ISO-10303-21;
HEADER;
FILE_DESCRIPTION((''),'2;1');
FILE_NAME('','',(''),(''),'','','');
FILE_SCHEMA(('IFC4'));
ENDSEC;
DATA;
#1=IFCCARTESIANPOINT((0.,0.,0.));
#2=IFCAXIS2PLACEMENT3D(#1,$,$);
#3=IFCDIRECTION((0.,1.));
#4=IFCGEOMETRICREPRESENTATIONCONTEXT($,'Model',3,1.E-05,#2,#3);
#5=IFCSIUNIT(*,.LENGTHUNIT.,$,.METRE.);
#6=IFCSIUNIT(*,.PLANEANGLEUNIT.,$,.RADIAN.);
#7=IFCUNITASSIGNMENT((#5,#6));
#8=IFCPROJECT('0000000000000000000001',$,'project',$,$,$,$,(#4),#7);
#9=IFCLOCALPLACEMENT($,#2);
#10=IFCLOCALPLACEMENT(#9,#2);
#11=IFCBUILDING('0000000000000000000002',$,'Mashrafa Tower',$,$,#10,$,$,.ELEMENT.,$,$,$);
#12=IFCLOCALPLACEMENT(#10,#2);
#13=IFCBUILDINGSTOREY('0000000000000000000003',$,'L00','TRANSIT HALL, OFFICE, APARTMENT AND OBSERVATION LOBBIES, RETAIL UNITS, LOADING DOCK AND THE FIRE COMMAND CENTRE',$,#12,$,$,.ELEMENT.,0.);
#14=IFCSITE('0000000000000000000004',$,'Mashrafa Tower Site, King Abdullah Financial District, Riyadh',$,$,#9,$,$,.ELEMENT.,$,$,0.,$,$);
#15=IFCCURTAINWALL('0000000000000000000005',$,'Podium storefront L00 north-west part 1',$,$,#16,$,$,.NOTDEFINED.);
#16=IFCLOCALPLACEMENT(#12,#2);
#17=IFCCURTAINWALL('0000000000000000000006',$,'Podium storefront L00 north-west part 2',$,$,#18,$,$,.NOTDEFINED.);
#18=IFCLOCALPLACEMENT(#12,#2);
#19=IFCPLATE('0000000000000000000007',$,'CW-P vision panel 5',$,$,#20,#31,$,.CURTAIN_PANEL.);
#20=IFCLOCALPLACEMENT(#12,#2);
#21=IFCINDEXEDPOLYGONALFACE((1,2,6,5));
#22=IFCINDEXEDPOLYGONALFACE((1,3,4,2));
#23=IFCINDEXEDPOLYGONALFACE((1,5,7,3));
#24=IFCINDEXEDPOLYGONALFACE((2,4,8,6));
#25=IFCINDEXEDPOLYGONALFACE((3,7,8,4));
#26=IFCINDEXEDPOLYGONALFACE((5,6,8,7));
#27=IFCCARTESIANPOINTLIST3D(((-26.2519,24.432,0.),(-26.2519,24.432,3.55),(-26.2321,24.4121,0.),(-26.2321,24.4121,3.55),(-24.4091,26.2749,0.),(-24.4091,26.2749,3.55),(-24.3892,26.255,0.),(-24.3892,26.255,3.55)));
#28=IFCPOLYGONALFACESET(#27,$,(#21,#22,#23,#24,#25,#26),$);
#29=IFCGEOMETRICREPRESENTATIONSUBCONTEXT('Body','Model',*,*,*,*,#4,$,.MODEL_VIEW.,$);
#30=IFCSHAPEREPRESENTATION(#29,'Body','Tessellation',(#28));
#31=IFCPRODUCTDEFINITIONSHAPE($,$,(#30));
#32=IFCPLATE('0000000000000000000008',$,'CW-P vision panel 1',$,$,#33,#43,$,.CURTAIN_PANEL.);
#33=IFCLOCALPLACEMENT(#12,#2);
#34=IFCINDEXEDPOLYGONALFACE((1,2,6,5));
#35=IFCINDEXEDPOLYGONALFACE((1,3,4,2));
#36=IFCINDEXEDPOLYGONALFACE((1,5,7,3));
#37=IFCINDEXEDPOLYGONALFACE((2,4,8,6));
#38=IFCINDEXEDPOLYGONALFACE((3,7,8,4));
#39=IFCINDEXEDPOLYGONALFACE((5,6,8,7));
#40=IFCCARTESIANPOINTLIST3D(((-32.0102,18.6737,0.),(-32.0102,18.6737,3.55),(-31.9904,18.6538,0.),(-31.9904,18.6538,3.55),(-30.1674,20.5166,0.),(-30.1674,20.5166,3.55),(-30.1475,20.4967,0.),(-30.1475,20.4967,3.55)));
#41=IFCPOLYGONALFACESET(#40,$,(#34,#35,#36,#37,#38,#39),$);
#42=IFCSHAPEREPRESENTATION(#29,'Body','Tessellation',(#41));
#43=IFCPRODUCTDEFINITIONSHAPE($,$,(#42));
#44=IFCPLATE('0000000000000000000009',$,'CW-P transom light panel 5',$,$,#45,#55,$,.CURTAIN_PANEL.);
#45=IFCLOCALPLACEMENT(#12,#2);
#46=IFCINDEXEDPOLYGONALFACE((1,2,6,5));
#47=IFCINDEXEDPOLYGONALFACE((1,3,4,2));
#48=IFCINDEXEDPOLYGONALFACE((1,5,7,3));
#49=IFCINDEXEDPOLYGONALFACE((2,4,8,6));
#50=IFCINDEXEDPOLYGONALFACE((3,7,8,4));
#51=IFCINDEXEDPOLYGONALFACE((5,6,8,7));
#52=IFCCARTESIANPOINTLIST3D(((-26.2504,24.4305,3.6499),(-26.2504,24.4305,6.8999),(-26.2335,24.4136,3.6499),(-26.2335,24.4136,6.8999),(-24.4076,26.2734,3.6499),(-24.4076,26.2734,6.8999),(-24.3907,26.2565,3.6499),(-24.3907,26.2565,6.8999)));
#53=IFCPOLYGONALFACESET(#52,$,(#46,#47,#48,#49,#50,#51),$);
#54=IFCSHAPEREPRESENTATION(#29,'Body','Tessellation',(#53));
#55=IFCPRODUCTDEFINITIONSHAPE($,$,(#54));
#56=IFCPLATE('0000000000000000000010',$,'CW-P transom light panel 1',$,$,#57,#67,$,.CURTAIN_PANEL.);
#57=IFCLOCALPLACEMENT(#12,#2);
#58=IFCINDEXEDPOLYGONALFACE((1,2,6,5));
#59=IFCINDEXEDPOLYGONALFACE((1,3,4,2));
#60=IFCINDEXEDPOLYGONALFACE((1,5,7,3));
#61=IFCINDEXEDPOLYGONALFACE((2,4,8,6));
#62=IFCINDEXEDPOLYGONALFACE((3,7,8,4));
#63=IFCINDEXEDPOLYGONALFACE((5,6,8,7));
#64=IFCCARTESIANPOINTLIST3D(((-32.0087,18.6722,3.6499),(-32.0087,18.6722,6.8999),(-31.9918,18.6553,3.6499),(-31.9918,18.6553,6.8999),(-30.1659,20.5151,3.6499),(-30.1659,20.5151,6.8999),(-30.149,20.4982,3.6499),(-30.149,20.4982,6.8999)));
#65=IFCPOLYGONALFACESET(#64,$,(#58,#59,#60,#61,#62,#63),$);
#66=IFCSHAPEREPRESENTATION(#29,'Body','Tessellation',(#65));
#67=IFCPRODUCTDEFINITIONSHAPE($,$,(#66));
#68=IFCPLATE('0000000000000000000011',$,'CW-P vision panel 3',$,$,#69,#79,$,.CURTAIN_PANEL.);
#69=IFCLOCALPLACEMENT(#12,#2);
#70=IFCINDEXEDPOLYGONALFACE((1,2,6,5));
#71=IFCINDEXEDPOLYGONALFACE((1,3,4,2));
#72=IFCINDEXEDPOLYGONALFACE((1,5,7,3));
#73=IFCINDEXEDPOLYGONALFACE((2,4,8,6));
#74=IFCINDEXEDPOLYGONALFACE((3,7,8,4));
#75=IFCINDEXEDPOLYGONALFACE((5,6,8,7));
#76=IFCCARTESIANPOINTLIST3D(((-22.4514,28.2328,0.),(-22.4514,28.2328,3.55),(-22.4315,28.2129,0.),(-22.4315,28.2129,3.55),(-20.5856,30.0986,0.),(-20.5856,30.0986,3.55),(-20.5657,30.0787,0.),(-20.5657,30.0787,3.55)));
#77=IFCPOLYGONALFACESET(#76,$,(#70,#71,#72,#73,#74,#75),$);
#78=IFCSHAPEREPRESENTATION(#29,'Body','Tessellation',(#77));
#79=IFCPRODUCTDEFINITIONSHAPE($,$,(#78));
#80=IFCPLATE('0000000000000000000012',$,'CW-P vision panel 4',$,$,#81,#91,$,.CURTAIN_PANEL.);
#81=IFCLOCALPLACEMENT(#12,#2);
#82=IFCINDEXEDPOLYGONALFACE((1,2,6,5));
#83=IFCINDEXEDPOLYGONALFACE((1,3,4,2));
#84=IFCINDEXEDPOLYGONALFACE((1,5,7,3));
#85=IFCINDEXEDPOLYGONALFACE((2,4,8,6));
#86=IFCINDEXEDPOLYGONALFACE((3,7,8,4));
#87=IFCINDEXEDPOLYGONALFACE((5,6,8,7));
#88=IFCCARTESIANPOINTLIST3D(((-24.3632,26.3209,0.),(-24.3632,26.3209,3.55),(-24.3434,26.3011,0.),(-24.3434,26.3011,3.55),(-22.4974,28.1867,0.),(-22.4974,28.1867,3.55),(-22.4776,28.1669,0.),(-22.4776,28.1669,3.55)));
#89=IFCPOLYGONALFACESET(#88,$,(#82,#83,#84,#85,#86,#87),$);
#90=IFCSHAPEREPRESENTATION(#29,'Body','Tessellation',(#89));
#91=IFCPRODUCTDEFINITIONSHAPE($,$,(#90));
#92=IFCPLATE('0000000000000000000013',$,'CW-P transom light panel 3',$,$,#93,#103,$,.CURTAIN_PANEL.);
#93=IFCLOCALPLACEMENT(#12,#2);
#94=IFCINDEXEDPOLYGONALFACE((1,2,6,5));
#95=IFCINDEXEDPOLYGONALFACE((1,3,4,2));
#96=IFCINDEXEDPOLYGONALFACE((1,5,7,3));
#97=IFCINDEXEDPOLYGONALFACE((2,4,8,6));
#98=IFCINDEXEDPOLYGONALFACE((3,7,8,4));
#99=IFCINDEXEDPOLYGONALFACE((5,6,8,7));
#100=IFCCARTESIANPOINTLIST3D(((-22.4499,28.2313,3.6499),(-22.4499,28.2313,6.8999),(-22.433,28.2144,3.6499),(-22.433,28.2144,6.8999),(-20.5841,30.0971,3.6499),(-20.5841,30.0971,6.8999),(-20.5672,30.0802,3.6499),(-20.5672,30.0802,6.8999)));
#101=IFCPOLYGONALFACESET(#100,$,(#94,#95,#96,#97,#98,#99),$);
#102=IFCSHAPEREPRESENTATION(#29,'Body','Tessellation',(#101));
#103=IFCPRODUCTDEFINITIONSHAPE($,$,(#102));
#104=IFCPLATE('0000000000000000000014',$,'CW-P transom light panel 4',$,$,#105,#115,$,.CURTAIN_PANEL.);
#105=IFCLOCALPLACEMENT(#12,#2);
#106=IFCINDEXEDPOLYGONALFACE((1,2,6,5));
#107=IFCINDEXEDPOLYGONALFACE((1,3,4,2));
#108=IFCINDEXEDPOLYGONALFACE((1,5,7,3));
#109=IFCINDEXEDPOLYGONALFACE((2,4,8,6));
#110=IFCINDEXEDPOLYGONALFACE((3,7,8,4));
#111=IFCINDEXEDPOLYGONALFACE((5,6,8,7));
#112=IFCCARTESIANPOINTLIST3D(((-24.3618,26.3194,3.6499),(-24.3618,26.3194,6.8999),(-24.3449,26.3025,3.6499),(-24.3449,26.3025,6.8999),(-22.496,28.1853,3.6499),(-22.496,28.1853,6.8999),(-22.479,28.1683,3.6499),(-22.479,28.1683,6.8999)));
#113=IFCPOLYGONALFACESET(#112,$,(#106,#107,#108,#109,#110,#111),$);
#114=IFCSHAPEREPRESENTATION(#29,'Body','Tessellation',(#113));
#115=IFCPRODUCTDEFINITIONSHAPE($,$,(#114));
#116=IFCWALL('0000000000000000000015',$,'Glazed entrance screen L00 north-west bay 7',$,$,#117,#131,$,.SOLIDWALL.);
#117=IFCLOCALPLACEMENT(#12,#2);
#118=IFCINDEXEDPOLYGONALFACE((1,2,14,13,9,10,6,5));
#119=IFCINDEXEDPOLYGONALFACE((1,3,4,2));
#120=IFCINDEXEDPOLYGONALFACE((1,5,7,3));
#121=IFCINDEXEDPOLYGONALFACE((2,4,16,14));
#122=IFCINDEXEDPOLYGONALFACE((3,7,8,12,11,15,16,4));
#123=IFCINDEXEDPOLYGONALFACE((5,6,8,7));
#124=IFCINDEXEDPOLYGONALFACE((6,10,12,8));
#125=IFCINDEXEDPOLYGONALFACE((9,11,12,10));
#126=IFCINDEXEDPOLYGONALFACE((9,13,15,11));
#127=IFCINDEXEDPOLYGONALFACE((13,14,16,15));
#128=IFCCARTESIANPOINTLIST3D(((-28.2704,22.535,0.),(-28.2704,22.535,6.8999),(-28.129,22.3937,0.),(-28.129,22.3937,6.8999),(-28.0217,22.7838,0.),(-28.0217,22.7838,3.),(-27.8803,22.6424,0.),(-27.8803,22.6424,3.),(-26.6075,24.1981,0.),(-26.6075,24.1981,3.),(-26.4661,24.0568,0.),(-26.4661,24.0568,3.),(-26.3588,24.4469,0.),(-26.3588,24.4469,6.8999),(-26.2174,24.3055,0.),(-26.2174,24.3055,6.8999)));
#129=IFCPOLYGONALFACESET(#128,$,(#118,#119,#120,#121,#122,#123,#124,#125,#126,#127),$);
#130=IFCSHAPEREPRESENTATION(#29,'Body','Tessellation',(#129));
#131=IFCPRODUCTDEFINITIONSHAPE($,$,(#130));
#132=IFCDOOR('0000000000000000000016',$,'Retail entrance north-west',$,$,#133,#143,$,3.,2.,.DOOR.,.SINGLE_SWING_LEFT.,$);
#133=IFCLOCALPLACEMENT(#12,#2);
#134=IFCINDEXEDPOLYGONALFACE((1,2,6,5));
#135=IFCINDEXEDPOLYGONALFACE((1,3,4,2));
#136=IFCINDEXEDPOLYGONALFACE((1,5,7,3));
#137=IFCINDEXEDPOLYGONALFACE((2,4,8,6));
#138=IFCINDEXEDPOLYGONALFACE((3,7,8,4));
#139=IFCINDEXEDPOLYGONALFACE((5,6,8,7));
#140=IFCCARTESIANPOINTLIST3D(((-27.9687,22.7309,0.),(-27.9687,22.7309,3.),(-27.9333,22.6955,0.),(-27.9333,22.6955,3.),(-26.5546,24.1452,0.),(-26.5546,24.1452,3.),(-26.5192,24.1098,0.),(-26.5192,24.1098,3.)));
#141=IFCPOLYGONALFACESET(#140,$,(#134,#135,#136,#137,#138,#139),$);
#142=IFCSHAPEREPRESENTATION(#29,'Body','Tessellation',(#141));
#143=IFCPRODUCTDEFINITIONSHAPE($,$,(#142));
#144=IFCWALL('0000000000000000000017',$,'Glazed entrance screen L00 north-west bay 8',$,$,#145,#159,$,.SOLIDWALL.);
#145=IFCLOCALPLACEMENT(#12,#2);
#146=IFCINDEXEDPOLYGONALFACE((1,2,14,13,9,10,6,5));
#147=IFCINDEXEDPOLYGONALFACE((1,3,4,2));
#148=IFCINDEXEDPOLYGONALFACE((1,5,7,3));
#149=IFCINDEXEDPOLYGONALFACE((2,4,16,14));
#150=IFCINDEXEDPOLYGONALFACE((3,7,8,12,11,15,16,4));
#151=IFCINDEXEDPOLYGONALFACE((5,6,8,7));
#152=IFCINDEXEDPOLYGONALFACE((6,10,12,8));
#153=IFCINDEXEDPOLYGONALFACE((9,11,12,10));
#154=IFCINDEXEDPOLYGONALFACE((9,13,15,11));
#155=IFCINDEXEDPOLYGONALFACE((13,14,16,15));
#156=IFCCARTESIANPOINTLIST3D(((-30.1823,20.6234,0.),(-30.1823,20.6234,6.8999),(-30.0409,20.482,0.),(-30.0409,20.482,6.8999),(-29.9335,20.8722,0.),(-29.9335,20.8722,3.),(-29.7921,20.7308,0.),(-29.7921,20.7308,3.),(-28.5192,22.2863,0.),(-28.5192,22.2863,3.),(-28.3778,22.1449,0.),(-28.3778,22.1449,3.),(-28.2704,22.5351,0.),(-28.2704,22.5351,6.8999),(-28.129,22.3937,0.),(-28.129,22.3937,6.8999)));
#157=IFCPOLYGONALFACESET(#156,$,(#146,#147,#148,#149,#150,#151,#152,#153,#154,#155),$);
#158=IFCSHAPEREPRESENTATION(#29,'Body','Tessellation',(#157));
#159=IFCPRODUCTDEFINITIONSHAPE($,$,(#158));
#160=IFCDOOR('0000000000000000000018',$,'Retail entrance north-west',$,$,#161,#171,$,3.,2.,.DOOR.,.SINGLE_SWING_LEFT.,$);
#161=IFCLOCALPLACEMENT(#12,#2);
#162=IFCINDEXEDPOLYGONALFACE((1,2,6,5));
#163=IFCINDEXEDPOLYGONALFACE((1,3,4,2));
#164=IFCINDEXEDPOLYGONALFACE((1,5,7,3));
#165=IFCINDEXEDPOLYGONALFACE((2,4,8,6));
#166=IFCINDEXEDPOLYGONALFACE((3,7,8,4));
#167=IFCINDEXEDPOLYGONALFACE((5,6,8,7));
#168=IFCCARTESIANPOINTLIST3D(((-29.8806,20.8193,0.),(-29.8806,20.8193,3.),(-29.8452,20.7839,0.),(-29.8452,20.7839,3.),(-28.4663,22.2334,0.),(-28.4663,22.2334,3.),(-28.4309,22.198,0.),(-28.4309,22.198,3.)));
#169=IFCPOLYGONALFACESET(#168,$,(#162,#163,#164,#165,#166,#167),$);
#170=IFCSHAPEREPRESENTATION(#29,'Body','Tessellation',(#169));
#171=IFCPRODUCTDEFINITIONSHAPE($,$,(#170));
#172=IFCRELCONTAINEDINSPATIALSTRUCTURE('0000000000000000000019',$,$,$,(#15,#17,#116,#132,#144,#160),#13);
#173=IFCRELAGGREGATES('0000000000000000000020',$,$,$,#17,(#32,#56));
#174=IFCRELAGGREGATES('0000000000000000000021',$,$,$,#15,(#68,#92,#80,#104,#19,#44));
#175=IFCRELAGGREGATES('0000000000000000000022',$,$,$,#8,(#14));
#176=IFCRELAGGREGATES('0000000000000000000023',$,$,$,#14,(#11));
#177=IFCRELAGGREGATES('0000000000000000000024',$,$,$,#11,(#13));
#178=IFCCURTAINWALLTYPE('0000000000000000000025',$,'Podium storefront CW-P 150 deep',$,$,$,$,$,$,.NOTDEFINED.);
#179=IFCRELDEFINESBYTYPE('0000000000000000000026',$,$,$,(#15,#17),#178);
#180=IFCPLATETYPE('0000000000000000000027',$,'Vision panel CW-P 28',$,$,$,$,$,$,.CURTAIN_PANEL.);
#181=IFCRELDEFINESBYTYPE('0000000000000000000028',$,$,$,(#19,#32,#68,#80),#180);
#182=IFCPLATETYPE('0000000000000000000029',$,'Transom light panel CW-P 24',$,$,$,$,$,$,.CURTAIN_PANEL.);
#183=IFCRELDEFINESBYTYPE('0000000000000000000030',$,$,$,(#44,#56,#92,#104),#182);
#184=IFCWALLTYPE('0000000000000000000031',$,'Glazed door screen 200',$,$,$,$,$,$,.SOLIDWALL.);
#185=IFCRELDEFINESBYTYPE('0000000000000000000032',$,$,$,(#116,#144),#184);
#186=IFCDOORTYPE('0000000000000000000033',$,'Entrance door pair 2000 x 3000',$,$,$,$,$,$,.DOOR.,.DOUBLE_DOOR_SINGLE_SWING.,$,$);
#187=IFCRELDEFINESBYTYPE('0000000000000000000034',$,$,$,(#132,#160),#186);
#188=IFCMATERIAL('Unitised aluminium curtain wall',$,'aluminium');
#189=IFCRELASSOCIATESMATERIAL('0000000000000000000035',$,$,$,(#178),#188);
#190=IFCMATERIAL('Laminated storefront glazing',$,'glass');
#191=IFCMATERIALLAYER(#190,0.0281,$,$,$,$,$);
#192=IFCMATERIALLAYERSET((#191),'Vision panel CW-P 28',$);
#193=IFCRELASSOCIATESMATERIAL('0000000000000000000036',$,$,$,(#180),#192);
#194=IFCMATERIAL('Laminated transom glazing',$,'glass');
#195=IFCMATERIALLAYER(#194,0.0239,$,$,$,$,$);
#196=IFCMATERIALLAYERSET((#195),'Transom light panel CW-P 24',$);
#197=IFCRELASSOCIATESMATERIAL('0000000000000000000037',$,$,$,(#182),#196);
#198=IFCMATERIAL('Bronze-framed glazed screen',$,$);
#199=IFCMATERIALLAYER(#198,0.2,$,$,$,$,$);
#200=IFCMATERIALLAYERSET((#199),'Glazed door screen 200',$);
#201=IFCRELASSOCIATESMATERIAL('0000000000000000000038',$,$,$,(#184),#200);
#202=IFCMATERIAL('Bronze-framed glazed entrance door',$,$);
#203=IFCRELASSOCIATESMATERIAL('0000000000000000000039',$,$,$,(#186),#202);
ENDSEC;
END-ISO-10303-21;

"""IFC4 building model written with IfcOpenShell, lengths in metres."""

from ifc_helpers import new_model, si_unit, direction, frame, frame_2d, origin, origin_2d, place, context, subcontext, project, spatial, rectangle, extrude, source, transform, mapped, material, layer, layer_set, type_object, type_shapes, element, fill, aggregate, save


model = new_model("IFC4")

# Units and contexts
model_context = context("Model", 3, precision=1e-05, world=origin(), true_north=direction((0.0, 1.0)))
body_context = subcontext(model_context, "Body", "Model", "MODEL_VIEW")
ifc_project = project(units=[si_unit("LENGTHUNIT", "METRE"), si_unit("PLANEANGLEUNIT", "RADIAN")], contexts=[model_context])

# Site, building, storey
site_placement = place(None, origin())
site = spatial("IfcSite", under=ifc_project, at=site_placement, Name="Mashrafa Tower Site, King Abdullah Financial District, Riyadh", CompositionType="ELEMENT", RefElevation=0.0)
building_placement = place(site_placement, origin())
building = spatial("IfcBuilding", under=site, at=building_placement, Name="Mashrafa Tower", CompositionType="ELEMENT")
storey_placement = place(building_placement, origin())
storey = spatial("IfcBuildingStorey", under=building, at=storey_placement, Name="L00", Description="TRANSIT HALL, OFFICE, APARTMENT AND OBSERVATION LOBBIES, RETAIL UNITS, LOADING DOCK AND THE FIRE COMMAND CENTRE", CompositionType="ELEMENT", Elevation=0.0)

# Curtain walls
ifc_material_1 = material(Name="Unitised aluminium curtain wall", Category="aluminium")
curtain_wall_type = type_object("IfcCurtainWallType", Name="Podium storefront CW-P 150 deep", PredefinedType="NOTDEFINED", material=ifc_material_1)
curtain_wall_1_placement = place(storey_placement, origin())
curtain_wall_1 = element("IfcCurtainWall", 1, at=curtain_wall_1_placement, inside=storey, type_object=curtain_wall_type, Name="Podium storefront L00 north-west part 1", PredefinedType="NOTDEFINED")
curtain_wall_2_placement = place(storey_placement, origin())
curtain_wall_2 = element("IfcCurtainWall", 2, at=curtain_wall_2_placement, inside=storey, type_object=curtain_wall_type, Name="Podium storefront L00 north-west part 2", PredefinedType="NOTDEFINED")

# Plates
ifc_material_2 = material(Name="Laminated storefront glazing", Category="glass")
ifc_layer_1 = layer(ifc_material_2, 0.0281)
ifc_layer_set_1 = layer_set([ifc_layer_1], Name="Vision panel CW-P 28")
plate_type_1 = type_object("IfcPlateType", Name="Vision panel CW-P 28", PredefinedType="CURTAIN_PANEL", material=ifc_layer_set_1)
shared_shape_1 = source(origin(), body_context, "Body", "SweptSolid", [
    extrude(rectangle(XDim=2.6062, YDim=0.0281, at=origin_2d()), origin(), (0.0, 0.0, 1.0), 3.55),
])
plate_1_placement = place(storey_placement, frame((-25.3206, 25.3435, 0.0), z_axis=(0.0, 0.0, 1.0), x_axis=(-0.707107, -0.707107, 0.0)))
plate_1 = element("IfcPlate", 3, at=plate_1_placement, type_object=plate_type_1, Name="CW-P vision panel 5", PredefinedType="CURTAIN_PANEL", context=body_context, shape_type="MappedRepresentation", body=[
    mapped(shared_shape_1, transform((0.0, 0.0, 0.0))),
])
plate_2_placement = place(storey_placement, frame((-31.0789, 19.5852, 0.0), z_axis=(0.0, 0.0, 1.0), x_axis=(-0.707107, -0.707107, 0.0)))
plate_2 = element("IfcPlate", 4, at=plate_2_placement, type_object=plate_type_1, Name="CW-P vision panel 1", PredefinedType="CURTAIN_PANEL", context=body_context, shape_type="MappedRepresentation", body=[
    mapped(shared_shape_1, transform((0.0, 0.0, 0.0))),
])
ifc_material_3 = material(Name="Laminated transom glazing", Category="glass")
ifc_layer_2 = layer(ifc_material_3, 0.0239)
ifc_layer_set_2 = layer_set([ifc_layer_2], Name="Transom light panel CW-P 24")
plate_type_2 = type_object("IfcPlateType", Name="Transom light panel CW-P 24", PredefinedType="CURTAIN_PANEL", material=ifc_layer_set_2)
shared_shape_2 = source(origin(), body_context, "Body", "SweptSolid", [
    extrude(rectangle(XDim=2.6062, YDim=0.0239, at=origin_2d()), origin(), (0.0, 0.0, 1.0), 3.25),
])
plate_3_placement = place(storey_placement, frame((-25.3206, 25.3435, 3.6499), z_axis=(0.0, 0.0, 1.0), x_axis=(-0.707107, -0.707107, 0.0)))
plate_3 = element("IfcPlate", 5, at=plate_3_placement, type_object=plate_type_2, Name="CW-P transom light panel 5", PredefinedType="CURTAIN_PANEL", context=body_context, shape_type="MappedRepresentation", body=[
    mapped(shared_shape_2, transform((0.0, 0.0, 0.0))),
])
plate_4_placement = place(storey_placement, frame((-31.0789, 19.5852, 3.6499), z_axis=(0.0, 0.0, 1.0), x_axis=(-0.707107, -0.707107, 0.0)))
plate_4 = element("IfcPlate", 6, at=plate_4_placement, type_object=plate_type_2, Name="CW-P transom light panel 1", PredefinedType="CURTAIN_PANEL", context=body_context, shape_type="MappedRepresentation", body=[
    mapped(shared_shape_2, transform((0.0, 0.0, 0.0))),
])
aggregate(curtain_wall_2, [plate_2, plate_4])
shared_shape_3 = source(origin(), body_context, "Body", "SweptSolid", [
    extrude(rectangle(XDim=2.6387, YDim=0.0281, at=origin_2d()), origin(), (0.0, 0.0, 1.0), 3.55),
])
type_shapes(plate_type_1, [shared_shape_1, shared_shape_3])
plate_5_placement = place(storey_placement, frame((-21.5085, 29.1558, 0.0), z_axis=(0.0, 0.0, 1.0), x_axis=(-0.707107, -0.707107, 0.0)))
plate_5 = element("IfcPlate", 7, at=plate_5_placement, type_object=plate_type_1, Name="CW-P vision panel 3", PredefinedType="CURTAIN_PANEL", context=body_context, shape_type="MappedRepresentation", body=[
    mapped(shared_shape_3, transform((0.0, 0.0, 0.0))),
])
plate_6_placement = place(storey_placement, frame((-23.4204, 27.2439, 0.0), z_axis=(0.0, 0.0, 1.0), x_axis=(-0.707107, -0.707107, 0.0)))
plate_6 = element("IfcPlate", 8, at=plate_6_placement, type_object=plate_type_1, Name="CW-P vision panel 4", PredefinedType="CURTAIN_PANEL", context=body_context, shape_type="MappedRepresentation", body=[
    mapped(shared_shape_3, transform((0.0, 0.0, 0.0))),
])
shared_shape_4 = source(origin(), body_context, "Body", "SweptSolid", [
    extrude(rectangle(XDim=2.6387, YDim=0.0239, at=origin_2d()), origin(), (0.0, 0.0, 1.0), 3.25),
])
type_shapes(plate_type_2, [shared_shape_2, shared_shape_4])
plate_7_placement = place(storey_placement, frame((-21.5085, 29.1558, 3.6499), z_axis=(0.0, 0.0, 1.0), x_axis=(-0.707107, -0.707107, 0.0)))
plate_7 = element("IfcPlate", 9, at=plate_7_placement, type_object=plate_type_2, Name="CW-P transom light panel 3", PredefinedType="CURTAIN_PANEL", context=body_context, shape_type="MappedRepresentation", body=[
    mapped(shared_shape_4, transform((0.0, 0.0, 0.0))),
])
plate_8_placement = place(storey_placement, frame((-23.4204, 27.2439, 3.6499), z_axis=(0.0, 0.0, 1.0), x_axis=(-0.707107, -0.707107, 0.0)))
plate_8 = element("IfcPlate", 10, at=plate_8_placement, type_object=plate_type_2, Name="CW-P transom light panel 4", PredefinedType="CURTAIN_PANEL", context=body_context, shape_type="MappedRepresentation", body=[
    mapped(shared_shape_4, transform((0.0, 0.0, 0.0))),
])
aggregate(curtain_wall_1, [plate_5, plate_7, plate_6, plate_8, plate_1, plate_3])

# Walls, openings, doors
ifc_material_4 = material(Name="Bronze-framed glazed screen")
ifc_layer_3 = layer(ifc_material_4, 0.2)
ifc_layer_set_3 = layer_set([ifc_layer_3], Name="Glazed door screen 200")
wall_type_1 = type_object("IfcWallType", Name="Glazed door screen 200", PredefinedType="SOLIDWALL", material=ifc_layer_set_3)
wall_1_placement = place(storey_placement, frame((-26.2881, 24.3762, 0.0), z_axis=(0.0, 0.0, 1.0), x_axis=(-0.707062, -0.707152, 0.0)))
wall_1 = element("IfcWall", 11, at=wall_1_placement, inside=storey, type_object=wall_type_1, Name="Glazed entrance screen L00 north-west bay 7", PredefinedType="SOLIDWALL", context=body_context, shape_type="SweptSolid", body=[
    extrude(rectangle(XDim=2.7036, YDim=0.2, at=frame_2d((1.3518, 0.0))), origin(), (0.0, 0.0, 1.0), 6.8999),
])
opening_1_placement = place(wall_1_placement, frame((0.3518, 0.0, 0.0)))
opening_1 = element("IfcOpeningElement", 12, at=opening_1_placement, cuts=wall_1, PredefinedType="OPENING", context=body_context, shape_type="SweptSolid", body=[
    extrude(rectangle(XDim=2.0, YDim=3.0, at=frame_2d((1.0, 1.5))), frame((0.0, 0.1099, 0.0), z_axis=(0.0, -1.0, 0.0), x_axis=(1.0, 0.0, 0.0)), (0.0, 0.0, 1.0), 0.22),
])
ifc_material_5 = material(Name="Bronze-framed glazed entrance door")
door_type = type_object("IfcDoorType", Name="Entrance door pair 2000 x 3000", OperationType="DOUBLE_DOOR_SINGLE_SWING", PredefinedType="DOOR", material=ifc_material_5)
door_1_placement = place(opening_1_placement, origin())
door_1 = element("IfcDoor", 13, at=door_1_placement, inside=storey, type_object=door_type, Name="Retail entrance north-west", OperationType="SINGLE_SWING_LEFT", OverallHeight=3.0, OverallWidth=2.0, PredefinedType="DOOR", context=body_context, shape_type="SweptSolid", body=[
    extrude(rectangle(XDim=2.0, YDim=3.0, at=frame_2d((1.0, 1.5))), frame((0.0, 0.0249, 0.0), z_axis=(0.0, -1.0, 0.0), x_axis=(1.0, 0.0, 0.0)), (0.0, 0.0, 1.0), 0.05),
])
fill(opening_1, door_1)
wall_2_placement = place(storey_placement, frame((-28.1997, 22.4644, 0.0), z_axis=(0.0, 0.0, 1.0), x_axis=(-0.707152, -0.707062, 0.0)))
wall_2 = element("IfcWall", 14, at=wall_2_placement, inside=storey, type_object=wall_type_1, Name="Glazed entrance screen L00 north-west bay 8", PredefinedType="SOLIDWALL", context=body_context, shape_type="SweptSolid", body=[
    extrude(rectangle(XDim=2.7036, YDim=0.2, at=frame_2d((1.3518, 0.0))), origin(), (0.0, 0.0, 1.0), 6.8999),
])
opening_2_placement = place(wall_2_placement, frame((0.3518, 0.0, 0.0)))
opening_2 = element("IfcOpeningElement", 15, at=opening_2_placement, cuts=wall_2, PredefinedType="OPENING", context=body_context, shape_type="SweptSolid", body=[
    extrude(rectangle(XDim=2.0, YDim=3.0, at=frame_2d((1.0, 1.5))), frame((0.0, 0.1099, 0.0), z_axis=(0.0, -1.0, 0.0), x_axis=(1.0, 0.0, 0.0)), (0.0, 0.0, 1.0), 0.22),
])
door_2_placement = place(opening_2_placement, origin())
door_2 = element("IfcDoor", 16, at=door_2_placement, inside=storey, type_object=door_type, Name="Retail entrance north-west", OperationType="SINGLE_SWING_LEFT", OverallHeight=3.0, OverallWidth=2.0, PredefinedType="DOOR", context=body_context, shape_type="SweptSolid", body=[
    extrude(rectangle(XDim=2.0, YDim=3.0, at=frame_2d((1.0, 1.5))), frame((0.0, 0.0249, 0.0), z_axis=(0.0, -1.0, 0.0), x_axis=(1.0, 0.0, 0.0)), (0.0, 0.0, 1.0), 0.05),
])
fill(opening_2, door_2)

save(model, "model.ifc")
